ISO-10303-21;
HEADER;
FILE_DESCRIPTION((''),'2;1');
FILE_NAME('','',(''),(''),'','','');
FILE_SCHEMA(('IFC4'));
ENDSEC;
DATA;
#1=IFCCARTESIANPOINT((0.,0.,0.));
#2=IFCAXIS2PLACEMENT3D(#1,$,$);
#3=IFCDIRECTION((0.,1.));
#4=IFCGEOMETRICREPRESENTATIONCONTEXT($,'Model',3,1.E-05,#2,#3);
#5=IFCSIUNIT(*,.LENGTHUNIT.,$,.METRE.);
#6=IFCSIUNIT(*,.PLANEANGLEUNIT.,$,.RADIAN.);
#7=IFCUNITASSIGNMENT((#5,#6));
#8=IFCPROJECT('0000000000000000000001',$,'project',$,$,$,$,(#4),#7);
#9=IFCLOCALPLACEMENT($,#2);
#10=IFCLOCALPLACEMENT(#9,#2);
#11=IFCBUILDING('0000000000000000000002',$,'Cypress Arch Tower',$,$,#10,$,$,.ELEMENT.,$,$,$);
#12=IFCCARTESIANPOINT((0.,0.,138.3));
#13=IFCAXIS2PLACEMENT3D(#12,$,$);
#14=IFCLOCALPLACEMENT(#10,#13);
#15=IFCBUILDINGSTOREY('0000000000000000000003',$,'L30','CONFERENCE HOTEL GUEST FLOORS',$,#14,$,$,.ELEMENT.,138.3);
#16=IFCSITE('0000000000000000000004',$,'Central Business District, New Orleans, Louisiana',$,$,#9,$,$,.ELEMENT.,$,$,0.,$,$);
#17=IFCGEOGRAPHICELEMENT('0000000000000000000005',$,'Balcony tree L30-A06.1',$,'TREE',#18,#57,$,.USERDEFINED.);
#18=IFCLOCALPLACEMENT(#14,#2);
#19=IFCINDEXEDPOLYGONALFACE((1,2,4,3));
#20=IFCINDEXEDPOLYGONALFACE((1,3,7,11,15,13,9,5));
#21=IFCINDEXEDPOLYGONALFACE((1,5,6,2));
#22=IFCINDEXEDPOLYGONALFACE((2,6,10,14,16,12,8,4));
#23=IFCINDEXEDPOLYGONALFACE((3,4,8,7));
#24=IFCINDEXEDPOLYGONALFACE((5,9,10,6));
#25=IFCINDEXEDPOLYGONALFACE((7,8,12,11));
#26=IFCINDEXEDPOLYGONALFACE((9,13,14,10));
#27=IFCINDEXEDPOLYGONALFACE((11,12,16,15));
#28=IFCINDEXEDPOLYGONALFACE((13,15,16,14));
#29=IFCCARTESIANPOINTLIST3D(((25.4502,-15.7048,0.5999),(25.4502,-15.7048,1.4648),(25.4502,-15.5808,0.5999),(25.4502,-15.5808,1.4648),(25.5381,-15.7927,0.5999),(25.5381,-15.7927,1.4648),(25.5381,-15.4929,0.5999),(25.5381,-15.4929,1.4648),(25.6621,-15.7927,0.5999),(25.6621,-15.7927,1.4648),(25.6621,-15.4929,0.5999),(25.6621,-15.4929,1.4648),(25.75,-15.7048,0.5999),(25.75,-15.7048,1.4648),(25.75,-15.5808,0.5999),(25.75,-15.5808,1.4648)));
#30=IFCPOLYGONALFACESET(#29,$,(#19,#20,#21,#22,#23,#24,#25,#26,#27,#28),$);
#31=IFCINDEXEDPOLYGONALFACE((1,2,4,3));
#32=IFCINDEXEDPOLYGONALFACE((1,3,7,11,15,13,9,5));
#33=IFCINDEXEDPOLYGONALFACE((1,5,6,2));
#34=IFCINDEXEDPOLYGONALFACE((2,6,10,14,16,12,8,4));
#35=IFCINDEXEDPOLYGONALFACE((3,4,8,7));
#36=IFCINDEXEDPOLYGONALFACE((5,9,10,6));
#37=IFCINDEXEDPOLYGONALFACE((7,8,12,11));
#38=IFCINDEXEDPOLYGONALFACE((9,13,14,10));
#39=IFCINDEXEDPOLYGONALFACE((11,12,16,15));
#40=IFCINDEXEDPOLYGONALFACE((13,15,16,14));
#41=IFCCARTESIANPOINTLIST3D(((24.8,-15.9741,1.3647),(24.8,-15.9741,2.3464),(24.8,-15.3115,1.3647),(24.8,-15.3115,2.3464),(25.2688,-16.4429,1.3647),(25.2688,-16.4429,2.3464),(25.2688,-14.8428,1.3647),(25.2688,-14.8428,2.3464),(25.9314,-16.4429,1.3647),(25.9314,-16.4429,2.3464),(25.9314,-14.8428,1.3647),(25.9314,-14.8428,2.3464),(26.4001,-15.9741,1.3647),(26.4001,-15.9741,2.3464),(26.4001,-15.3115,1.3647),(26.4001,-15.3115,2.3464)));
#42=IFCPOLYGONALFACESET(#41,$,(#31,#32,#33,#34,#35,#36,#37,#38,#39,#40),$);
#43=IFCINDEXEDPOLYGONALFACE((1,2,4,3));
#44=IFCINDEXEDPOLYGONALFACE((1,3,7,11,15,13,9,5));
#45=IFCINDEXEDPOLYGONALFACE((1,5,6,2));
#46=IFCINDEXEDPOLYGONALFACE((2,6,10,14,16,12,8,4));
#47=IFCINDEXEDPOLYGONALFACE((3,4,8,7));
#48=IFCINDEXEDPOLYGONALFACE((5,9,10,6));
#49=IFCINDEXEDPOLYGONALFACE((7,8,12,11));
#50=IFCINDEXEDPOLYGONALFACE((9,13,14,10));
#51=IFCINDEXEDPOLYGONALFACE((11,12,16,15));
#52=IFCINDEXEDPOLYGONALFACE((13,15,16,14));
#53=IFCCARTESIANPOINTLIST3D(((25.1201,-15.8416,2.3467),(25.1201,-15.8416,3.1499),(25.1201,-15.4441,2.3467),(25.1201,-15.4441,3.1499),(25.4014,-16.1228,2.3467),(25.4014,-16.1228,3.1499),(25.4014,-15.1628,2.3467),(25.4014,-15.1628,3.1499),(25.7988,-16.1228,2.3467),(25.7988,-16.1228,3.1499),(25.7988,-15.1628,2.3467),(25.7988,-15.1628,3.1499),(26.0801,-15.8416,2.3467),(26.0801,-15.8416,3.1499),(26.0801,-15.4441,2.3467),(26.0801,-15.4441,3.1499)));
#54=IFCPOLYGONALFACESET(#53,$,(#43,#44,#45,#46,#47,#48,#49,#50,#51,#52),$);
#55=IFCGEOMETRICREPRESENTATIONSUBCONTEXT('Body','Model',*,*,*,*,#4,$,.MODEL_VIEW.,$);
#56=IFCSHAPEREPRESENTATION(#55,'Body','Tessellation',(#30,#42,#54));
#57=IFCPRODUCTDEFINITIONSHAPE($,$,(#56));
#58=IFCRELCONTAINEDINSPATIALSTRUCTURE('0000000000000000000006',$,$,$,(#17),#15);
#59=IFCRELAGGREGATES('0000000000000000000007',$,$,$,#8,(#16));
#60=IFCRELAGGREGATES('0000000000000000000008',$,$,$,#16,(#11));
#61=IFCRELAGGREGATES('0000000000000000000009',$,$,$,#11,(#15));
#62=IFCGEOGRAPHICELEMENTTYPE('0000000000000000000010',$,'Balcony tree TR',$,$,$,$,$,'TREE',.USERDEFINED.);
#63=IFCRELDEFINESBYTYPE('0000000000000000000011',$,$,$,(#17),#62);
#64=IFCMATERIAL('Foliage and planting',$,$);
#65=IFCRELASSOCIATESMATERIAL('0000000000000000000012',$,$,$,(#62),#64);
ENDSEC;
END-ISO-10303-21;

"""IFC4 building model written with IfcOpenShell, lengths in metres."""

from ifc_helpers import new_model, si_unit, direction, frame, origin, place, context, subcontext, project, spatial, polyline, outline, extrude, material, type_object, element, save


model = new_model("IFC4")

# Units and contexts
model_context = context("Model", 3, precision=1e-05, world=origin(), true_north=direction((0.0, 1.0)))
body_context = subcontext(model_context, "Body", "Model", "MODEL_VIEW")
ifc_project = project(units=[si_unit("LENGTHUNIT", "METRE"), si_unit("PLANEANGLEUNIT", "RADIAN")], contexts=[model_context])

# Site, building, storey
site_placement = place(None, origin())
site = spatial("IfcSite", under=ifc_project, at=site_placement, Name="Central Business District, New Orleans, Louisiana", CompositionType="ELEMENT", RefElevation=0.0)
building_placement = place(site_placement, origin())
building = spatial("IfcBuilding", under=site, at=building_placement, Name="Cypress Arch Tower", CompositionType="ELEMENT")
storey_placement = place(building_placement, frame((0.0, 0.0, 138.3)))
storey = spatial("IfcBuildingStorey", under=building, at=storey_placement, Name="L30", Description="CONFERENCE HOTEL GUEST FLOORS", CompositionType="ELEMENT", Elevation=138.3)

# Geographic element
ifc_material_1 = material(Name="Foliage and planting")
geographic_element_type = type_object("IfcGeographicElementType", Name="Balcony tree TR", ElementType="TREE", PredefinedType="USERDEFINED", material=ifc_material_1)
geographic_element_placement = place(storey_placement, frame((25.6001, -15.6428, 0.5999), z_axis=(0.0, 0.0, 1.0), x_axis=(1.0, 0.0, 0.0)))
element("IfcGeographicElement", 1, at=geographic_element_placement, inside=storey, type_object=geographic_element_type, Name="Balcony tree L30-A06.1", ObjectType="TREE", PredefinedType="USERDEFINED", context=body_context, shape_type="SweptSolid", body=[
    extrude(outline(polyline([(0.1499, 0.062), (0.062, 0.1499), (-0.062, 0.1499), (-0.1499, 0.062), (-0.1499, -0.062), (-0.062, -0.1499), (0.062, -0.1499), (0.1499, -0.062), (0.1499, 0.062)])), origin(), (0.0, 0.0, 1.0), 0.865),
    extrude(outline(polyline([(0.8, 0.3313), (0.3313, 0.8), (-0.3313, 0.8), (-0.8, 0.3313), (-0.8, -0.3313), (-0.3313, -0.8), (0.3313, -0.8), (0.8, -0.3313), (0.8, 0.3313)])), frame((0.0, 0.0, 0.7649)), (0.0, 0.0, 1.0), 0.9817),
    extrude(outline(polyline([(0.48, 0.1987), (0.1987, 0.48), (-0.1987, 0.48), (-0.48, 0.1987), (-0.48, -0.1987), (-0.1987, -0.48), (0.1987, -0.48), (0.48, -0.1987), (0.48, 0.1987)])), frame((0.0, 0.0, 1.7468)), (0.0, 0.0, 1.0), 0.8032),
])

save(model, "model.ifc")
